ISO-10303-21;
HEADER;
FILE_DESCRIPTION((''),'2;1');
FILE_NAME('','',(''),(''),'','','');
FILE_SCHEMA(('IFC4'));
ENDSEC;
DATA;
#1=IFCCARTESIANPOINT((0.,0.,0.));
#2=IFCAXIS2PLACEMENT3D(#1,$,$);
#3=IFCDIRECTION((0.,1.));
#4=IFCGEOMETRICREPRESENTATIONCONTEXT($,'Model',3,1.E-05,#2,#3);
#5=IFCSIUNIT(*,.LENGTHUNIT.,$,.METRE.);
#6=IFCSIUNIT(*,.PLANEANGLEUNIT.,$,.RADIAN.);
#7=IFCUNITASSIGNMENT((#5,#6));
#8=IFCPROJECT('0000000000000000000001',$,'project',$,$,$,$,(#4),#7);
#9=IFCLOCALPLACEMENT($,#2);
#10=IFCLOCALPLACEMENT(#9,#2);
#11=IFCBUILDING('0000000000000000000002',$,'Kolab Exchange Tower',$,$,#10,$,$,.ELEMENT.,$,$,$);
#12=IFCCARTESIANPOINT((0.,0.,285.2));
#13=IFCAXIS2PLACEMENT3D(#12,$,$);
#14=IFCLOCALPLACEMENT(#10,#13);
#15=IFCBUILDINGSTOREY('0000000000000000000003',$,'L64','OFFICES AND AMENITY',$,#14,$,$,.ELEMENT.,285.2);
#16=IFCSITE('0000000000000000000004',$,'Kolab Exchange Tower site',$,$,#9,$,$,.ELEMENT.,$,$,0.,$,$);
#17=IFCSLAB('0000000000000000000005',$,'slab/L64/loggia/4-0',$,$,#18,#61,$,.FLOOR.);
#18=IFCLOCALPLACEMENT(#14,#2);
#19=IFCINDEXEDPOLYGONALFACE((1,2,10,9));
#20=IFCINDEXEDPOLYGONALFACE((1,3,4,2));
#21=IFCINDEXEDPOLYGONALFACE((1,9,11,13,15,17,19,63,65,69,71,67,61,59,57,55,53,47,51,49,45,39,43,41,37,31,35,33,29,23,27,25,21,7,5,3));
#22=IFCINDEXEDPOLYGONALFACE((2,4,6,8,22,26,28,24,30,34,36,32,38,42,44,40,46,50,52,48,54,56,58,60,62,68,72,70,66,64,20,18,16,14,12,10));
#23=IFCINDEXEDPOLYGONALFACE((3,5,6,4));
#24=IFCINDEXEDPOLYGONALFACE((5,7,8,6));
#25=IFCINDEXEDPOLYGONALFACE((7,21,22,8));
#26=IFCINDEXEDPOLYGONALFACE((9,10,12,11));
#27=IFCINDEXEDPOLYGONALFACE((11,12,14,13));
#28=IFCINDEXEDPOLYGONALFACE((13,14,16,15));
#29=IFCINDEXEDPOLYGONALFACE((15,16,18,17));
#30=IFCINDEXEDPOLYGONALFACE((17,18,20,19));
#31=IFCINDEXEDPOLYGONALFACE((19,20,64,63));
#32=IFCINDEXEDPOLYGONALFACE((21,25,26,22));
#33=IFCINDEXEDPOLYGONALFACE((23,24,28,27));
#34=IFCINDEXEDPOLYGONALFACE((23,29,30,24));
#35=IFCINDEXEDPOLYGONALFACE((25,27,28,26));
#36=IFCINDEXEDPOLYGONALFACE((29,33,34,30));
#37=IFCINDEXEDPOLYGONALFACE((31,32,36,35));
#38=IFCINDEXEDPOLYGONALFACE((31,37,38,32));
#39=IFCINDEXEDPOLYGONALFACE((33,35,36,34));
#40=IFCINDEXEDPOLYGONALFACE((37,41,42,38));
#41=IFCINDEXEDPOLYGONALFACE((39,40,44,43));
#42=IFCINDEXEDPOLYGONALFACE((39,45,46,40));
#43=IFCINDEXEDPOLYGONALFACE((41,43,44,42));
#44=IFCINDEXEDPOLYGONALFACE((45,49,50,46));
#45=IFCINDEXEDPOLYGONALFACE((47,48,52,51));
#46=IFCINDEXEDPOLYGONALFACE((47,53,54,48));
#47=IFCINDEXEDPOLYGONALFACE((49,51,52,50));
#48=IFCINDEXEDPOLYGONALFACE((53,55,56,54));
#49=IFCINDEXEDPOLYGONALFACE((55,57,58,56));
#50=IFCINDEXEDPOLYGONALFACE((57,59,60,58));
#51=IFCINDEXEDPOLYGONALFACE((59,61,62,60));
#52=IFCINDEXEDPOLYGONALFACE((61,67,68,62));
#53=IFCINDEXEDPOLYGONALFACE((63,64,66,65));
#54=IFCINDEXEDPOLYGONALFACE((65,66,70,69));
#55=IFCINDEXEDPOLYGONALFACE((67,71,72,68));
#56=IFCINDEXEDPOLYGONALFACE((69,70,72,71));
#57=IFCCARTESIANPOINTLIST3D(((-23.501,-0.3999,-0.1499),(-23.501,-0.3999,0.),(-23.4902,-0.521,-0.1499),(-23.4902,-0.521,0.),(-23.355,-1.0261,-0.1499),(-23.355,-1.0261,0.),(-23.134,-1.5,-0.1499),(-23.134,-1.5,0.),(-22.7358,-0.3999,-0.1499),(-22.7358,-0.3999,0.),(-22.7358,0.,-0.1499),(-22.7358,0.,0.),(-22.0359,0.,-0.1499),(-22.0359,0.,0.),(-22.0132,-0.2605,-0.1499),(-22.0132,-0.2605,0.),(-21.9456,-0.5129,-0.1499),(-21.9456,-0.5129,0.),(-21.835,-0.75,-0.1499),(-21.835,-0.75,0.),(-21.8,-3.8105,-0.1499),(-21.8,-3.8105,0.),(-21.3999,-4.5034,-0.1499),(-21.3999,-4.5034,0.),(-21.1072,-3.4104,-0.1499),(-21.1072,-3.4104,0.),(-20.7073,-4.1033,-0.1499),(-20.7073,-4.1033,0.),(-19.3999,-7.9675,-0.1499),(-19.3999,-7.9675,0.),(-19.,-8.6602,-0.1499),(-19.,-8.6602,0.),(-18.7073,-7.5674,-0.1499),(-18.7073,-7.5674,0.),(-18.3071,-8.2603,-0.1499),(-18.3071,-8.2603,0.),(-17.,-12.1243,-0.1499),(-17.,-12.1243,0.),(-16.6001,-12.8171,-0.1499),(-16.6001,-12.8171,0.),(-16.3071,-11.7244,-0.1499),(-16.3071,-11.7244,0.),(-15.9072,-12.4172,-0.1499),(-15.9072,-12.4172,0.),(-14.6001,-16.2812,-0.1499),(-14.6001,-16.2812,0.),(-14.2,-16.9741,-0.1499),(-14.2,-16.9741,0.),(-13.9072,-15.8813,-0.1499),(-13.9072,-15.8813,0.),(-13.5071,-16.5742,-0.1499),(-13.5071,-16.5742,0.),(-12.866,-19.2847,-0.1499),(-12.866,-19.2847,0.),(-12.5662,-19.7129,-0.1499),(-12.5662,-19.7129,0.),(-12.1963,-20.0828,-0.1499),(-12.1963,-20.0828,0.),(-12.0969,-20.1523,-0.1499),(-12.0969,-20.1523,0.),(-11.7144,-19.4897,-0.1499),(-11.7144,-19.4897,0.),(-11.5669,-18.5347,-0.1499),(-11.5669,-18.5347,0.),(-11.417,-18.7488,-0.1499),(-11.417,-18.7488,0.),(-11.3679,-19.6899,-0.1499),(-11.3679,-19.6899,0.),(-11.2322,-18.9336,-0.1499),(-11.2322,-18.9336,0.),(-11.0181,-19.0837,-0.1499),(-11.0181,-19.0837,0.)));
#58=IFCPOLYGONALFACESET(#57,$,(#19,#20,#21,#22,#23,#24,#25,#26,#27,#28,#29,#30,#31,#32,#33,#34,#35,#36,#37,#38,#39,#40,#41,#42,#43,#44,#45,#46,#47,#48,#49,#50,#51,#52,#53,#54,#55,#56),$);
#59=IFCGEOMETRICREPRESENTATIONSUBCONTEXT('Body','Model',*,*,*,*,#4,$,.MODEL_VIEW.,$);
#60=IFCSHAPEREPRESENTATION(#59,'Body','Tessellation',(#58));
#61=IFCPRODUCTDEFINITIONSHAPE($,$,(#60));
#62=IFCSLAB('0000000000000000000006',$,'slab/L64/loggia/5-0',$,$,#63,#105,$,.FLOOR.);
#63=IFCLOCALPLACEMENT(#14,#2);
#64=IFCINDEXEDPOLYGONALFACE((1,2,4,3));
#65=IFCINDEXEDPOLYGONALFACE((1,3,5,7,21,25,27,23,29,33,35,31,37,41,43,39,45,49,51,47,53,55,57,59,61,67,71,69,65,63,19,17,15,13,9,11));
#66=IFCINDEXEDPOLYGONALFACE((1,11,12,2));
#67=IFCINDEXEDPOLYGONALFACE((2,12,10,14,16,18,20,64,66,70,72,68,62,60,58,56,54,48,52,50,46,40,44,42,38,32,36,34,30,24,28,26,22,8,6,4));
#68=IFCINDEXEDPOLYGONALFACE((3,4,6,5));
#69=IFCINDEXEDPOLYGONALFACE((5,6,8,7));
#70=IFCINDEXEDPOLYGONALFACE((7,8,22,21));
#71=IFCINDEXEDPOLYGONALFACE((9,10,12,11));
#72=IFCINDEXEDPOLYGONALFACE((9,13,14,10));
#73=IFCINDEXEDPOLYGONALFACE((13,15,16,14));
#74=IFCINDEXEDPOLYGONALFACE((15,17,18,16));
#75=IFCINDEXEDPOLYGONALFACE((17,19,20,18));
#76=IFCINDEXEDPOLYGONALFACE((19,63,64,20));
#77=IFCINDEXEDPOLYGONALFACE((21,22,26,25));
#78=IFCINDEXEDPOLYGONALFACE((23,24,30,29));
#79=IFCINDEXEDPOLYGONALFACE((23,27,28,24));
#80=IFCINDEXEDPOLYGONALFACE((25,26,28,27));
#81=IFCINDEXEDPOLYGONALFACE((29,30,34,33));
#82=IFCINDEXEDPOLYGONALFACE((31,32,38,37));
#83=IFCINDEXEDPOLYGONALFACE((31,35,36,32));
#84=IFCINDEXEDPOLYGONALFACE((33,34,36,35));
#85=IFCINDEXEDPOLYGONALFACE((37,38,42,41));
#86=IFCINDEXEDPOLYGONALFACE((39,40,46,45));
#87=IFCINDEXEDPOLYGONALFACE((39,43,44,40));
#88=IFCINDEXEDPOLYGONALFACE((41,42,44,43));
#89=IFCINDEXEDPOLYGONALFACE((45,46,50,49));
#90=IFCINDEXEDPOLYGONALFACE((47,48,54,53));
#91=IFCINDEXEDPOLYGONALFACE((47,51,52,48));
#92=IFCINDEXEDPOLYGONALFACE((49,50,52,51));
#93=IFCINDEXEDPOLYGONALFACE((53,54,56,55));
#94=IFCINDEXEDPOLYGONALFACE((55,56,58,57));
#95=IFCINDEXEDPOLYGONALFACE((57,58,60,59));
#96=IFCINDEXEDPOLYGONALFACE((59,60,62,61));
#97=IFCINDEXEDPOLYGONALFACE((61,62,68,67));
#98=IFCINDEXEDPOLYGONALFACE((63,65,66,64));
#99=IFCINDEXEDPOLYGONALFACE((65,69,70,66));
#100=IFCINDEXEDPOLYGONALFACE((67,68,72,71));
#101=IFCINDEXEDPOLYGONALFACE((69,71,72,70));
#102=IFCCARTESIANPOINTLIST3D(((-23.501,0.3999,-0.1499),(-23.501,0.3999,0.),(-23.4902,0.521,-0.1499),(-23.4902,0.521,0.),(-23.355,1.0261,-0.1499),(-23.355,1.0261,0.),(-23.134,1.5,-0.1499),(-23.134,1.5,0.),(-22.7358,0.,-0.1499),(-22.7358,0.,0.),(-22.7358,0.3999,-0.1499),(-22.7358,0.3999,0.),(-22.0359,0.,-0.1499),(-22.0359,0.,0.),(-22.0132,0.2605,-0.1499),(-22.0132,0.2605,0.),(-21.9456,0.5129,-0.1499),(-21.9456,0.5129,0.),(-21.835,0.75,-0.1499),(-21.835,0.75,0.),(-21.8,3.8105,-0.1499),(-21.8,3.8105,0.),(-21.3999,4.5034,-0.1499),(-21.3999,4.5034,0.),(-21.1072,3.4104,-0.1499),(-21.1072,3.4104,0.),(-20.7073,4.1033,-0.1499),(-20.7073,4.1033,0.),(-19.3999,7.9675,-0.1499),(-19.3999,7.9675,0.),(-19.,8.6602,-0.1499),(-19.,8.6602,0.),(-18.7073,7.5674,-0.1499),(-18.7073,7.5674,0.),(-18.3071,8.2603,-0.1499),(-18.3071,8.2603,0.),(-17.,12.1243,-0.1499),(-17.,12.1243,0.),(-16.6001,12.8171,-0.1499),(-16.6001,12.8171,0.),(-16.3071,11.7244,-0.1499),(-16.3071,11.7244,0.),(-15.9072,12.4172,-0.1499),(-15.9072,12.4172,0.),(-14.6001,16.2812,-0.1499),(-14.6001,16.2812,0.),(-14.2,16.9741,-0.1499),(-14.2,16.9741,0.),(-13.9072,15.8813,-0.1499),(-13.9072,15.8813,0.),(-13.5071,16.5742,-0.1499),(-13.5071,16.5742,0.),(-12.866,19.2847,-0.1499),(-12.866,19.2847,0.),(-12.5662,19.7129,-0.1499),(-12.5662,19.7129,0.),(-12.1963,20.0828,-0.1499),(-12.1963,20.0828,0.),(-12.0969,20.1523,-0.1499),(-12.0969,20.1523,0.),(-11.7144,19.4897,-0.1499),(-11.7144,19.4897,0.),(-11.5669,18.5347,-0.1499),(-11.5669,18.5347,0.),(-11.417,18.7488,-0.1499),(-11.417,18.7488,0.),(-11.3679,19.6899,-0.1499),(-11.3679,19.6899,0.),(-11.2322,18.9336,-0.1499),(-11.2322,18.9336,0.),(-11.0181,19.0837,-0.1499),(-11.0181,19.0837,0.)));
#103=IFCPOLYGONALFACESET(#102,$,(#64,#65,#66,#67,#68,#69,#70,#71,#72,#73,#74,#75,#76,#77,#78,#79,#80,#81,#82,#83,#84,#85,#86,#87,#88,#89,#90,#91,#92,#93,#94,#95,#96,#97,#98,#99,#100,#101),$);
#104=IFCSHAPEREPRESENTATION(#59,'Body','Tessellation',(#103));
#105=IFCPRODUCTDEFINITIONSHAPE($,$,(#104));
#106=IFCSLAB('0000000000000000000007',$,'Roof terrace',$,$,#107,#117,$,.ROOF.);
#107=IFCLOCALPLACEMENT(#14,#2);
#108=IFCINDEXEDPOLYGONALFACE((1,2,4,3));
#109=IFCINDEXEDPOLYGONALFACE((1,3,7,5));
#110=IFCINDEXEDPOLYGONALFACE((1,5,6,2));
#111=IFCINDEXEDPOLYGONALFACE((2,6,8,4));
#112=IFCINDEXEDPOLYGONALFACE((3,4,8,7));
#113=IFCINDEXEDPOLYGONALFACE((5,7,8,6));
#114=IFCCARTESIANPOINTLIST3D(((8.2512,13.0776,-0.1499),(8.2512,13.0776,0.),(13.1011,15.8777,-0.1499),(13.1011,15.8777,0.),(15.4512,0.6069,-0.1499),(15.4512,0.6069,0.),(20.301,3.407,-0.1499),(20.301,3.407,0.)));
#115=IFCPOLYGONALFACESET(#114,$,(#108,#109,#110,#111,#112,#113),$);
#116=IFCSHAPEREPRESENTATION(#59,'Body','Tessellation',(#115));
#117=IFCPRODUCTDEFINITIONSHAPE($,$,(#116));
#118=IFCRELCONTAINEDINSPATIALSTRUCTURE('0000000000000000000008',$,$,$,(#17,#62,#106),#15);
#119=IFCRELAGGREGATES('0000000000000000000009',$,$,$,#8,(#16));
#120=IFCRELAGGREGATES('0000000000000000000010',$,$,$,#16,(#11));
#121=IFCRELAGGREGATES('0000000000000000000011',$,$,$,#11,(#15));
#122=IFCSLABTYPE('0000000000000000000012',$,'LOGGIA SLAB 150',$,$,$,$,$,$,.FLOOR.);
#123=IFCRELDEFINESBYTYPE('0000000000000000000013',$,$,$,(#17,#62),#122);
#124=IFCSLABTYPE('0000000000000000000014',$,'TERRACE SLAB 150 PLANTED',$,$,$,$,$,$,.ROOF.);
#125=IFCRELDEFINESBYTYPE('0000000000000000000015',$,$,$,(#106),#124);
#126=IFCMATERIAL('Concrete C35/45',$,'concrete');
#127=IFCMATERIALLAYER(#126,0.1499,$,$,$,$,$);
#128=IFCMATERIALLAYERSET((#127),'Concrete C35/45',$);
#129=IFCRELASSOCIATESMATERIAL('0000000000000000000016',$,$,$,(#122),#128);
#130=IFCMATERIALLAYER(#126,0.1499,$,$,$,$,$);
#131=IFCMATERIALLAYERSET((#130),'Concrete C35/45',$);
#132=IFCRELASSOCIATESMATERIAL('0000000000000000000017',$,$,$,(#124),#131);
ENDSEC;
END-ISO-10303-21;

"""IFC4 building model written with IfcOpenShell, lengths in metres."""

from ifc_helpers import new_model, si_unit, direction, frame, origin, place, context, subcontext, project, spatial, polyline, outline, extrude, material, layer, layer_set, type_object, element, save


model = new_model("IFC4")

# Units and contexts
model_context = context("Model", 3, precision=1e-05, world=origin(), true_north=direction((0.0, 1.0)))
body_context = subcontext(model_context, "Body", "Model", "MODEL_VIEW")
ifc_project = project(units=[si_unit("LENGTHUNIT", "METRE"), si_unit("PLANEANGLEUNIT", "RADIAN")], contexts=[model_context])

# Site, building, storey
site_placement = place(None, origin())
site = spatial("IfcSite", under=ifc_project, at=site_placement, Name="Kolab Exchange Tower site", CompositionType="ELEMENT", RefElevation=0.0)
building_placement = place(site_placement, origin())
building = spatial("IfcBuilding", under=site, at=building_placement, Name="Kolab Exchange Tower", CompositionType="ELEMENT")
storey_placement = place(building_placement, frame((0.0, 0.0, 285.2)))
storey = spatial("IfcBuildingStorey", under=building, at=storey_placement, Name="L64", Description="OFFICES AND AMENITY", CompositionType="ELEMENT", Elevation=285.2)

# Slabs
ifc_material_1 = material(Name="Concrete C35/45", Category="concrete")
ifc_layer_1 = layer(ifc_material_1, 0.1499)
ifc_layer_set_1 = layer_set([ifc_layer_1], Name="Concrete C35/45")
slab_type_1 = type_object("IfcSlabType", Name="LOGGIA SLAB 150", PredefinedType="FLOOR", material=ifc_layer_set_1)
slab_1_placement = place(storey_placement, frame((0.0, 0.0, -0.1499)))
element("IfcSlab", 1, at=slab_1_placement, inside=storey, type_object=slab_type_1, Name="slab/L64/loggia/4-0", PredefinedType="FLOOR", context=body_context, shape_type="SweptSolid", body=[
    extrude(outline(polyline([(-22.0132, -0.2605), (-22.0359, 0.0), (-22.7358, 0.0), (-22.7358, -0.3999), (-23.501, -0.3999), (-23.4902, -0.521), (-23.355, -1.0261), (-23.134, -1.5), (-21.8, -3.8105), (-21.1072, -3.4104), (-20.7073, -4.1033), (-21.3999, -4.5034), (-19.3999, -7.9675), (-18.7073, -7.5674), (-18.3071, -8.2603), (-19.0, -8.6602), (-17.0, -12.1243), (-16.3071, -11.7244), (-15.9072, -12.4172), (-16.6001, -12.8171), (-14.6001, -16.2812), (-13.9072, -15.8813), (-13.5071, -16.5742), (-14.2, -16.9741), (-12.866, -19.2847), (-12.5662, -19.7129), (-12.1963, -20.0828), (-12.0969, -20.1523), (-11.7144, -19.4897), (-11.3679, -19.6899), (-11.0181, -19.0837), (-11.2322, -18.9336), (-11.417, -18.7488), (-11.5669, -18.5347), (-21.835, -0.75), (-21.9456, -0.5129), (-22.0132, -0.2605)])), origin(), (0.0, 0.0, 1.0), 0.1499),
])
slab_2_placement = place(storey_placement, frame((0.0, 0.0, -0.1499)))
element("IfcSlab", 2, at=slab_2_placement, inside=storey, type_object=slab_type_1, Name="slab/L64/loggia/5-0", PredefinedType="FLOOR", context=body_context, shape_type="SweptSolid", body=[
    extrude(outline(polyline([(-11.2322, 18.9336), (-11.0181, 19.0837), (-11.3679, 19.6899), (-11.7144, 19.4897), (-12.0969, 20.1523), (-12.1963, 20.0828), (-12.5662, 19.7129), (-12.866, 19.2847), (-14.2, 16.9741), (-13.5071, 16.5742), (-13.9072, 15.8813), (-14.6001, 16.2812), (-16.6001, 12.8171), (-15.9072, 12.4172), (-16.3071, 11.7244), (-17.0, 12.1243), (-19.0, 8.6602), (-18.3071, 8.2603), (-18.7073, 7.5674), (-19.3999, 7.9675), (-21.3999, 4.5034), (-20.7073, 4.1033), (-21.1072, 3.4104), (-21.8, 3.8105), (-23.134, 1.5), (-23.355, 1.0261), (-23.4902, 0.521), (-23.501, 0.3999), (-22.7358, 0.3999), (-22.7358, 0.0), (-22.0359, 0.0), (-22.0132, 0.2605), (-21.9456, 0.5129), (-21.835, 0.75), (-11.5669, 18.5347), (-11.417, 18.7488), (-11.2322, 18.9336)])), origin(), (0.0, 0.0, 1.0), 0.1499),
])
ifc_layer_2 = layer(ifc_material_1, 0.1499)
ifc_layer_set_2 = layer_set([ifc_layer_2], Name="Concrete C35/45")
slab_type_2 = type_object("IfcSlabType", Name="TERRACE SLAB 150 PLANTED", PredefinedType="ROOF", material=ifc_layer_set_2)
slab_3_placement = place(storey_placement, frame((0.0, 0.0, -0.1499)))
element("IfcSlab", 3, at=slab_3_placement, inside=storey, type_object=slab_type_2, Name="Roof terrace", PredefinedType="ROOF", context=body_context, shape_type="SweptSolid", body=[
    extrude(outline(polyline([(13.1011, 15.8777), (8.2512, 13.0776), (15.4512, 0.6069), (20.301, 3.407), (13.1011, 15.8777)])), origin(), (0.0, 0.0, 1.0), 0.1499),
])

save(model, "model.ifc")
